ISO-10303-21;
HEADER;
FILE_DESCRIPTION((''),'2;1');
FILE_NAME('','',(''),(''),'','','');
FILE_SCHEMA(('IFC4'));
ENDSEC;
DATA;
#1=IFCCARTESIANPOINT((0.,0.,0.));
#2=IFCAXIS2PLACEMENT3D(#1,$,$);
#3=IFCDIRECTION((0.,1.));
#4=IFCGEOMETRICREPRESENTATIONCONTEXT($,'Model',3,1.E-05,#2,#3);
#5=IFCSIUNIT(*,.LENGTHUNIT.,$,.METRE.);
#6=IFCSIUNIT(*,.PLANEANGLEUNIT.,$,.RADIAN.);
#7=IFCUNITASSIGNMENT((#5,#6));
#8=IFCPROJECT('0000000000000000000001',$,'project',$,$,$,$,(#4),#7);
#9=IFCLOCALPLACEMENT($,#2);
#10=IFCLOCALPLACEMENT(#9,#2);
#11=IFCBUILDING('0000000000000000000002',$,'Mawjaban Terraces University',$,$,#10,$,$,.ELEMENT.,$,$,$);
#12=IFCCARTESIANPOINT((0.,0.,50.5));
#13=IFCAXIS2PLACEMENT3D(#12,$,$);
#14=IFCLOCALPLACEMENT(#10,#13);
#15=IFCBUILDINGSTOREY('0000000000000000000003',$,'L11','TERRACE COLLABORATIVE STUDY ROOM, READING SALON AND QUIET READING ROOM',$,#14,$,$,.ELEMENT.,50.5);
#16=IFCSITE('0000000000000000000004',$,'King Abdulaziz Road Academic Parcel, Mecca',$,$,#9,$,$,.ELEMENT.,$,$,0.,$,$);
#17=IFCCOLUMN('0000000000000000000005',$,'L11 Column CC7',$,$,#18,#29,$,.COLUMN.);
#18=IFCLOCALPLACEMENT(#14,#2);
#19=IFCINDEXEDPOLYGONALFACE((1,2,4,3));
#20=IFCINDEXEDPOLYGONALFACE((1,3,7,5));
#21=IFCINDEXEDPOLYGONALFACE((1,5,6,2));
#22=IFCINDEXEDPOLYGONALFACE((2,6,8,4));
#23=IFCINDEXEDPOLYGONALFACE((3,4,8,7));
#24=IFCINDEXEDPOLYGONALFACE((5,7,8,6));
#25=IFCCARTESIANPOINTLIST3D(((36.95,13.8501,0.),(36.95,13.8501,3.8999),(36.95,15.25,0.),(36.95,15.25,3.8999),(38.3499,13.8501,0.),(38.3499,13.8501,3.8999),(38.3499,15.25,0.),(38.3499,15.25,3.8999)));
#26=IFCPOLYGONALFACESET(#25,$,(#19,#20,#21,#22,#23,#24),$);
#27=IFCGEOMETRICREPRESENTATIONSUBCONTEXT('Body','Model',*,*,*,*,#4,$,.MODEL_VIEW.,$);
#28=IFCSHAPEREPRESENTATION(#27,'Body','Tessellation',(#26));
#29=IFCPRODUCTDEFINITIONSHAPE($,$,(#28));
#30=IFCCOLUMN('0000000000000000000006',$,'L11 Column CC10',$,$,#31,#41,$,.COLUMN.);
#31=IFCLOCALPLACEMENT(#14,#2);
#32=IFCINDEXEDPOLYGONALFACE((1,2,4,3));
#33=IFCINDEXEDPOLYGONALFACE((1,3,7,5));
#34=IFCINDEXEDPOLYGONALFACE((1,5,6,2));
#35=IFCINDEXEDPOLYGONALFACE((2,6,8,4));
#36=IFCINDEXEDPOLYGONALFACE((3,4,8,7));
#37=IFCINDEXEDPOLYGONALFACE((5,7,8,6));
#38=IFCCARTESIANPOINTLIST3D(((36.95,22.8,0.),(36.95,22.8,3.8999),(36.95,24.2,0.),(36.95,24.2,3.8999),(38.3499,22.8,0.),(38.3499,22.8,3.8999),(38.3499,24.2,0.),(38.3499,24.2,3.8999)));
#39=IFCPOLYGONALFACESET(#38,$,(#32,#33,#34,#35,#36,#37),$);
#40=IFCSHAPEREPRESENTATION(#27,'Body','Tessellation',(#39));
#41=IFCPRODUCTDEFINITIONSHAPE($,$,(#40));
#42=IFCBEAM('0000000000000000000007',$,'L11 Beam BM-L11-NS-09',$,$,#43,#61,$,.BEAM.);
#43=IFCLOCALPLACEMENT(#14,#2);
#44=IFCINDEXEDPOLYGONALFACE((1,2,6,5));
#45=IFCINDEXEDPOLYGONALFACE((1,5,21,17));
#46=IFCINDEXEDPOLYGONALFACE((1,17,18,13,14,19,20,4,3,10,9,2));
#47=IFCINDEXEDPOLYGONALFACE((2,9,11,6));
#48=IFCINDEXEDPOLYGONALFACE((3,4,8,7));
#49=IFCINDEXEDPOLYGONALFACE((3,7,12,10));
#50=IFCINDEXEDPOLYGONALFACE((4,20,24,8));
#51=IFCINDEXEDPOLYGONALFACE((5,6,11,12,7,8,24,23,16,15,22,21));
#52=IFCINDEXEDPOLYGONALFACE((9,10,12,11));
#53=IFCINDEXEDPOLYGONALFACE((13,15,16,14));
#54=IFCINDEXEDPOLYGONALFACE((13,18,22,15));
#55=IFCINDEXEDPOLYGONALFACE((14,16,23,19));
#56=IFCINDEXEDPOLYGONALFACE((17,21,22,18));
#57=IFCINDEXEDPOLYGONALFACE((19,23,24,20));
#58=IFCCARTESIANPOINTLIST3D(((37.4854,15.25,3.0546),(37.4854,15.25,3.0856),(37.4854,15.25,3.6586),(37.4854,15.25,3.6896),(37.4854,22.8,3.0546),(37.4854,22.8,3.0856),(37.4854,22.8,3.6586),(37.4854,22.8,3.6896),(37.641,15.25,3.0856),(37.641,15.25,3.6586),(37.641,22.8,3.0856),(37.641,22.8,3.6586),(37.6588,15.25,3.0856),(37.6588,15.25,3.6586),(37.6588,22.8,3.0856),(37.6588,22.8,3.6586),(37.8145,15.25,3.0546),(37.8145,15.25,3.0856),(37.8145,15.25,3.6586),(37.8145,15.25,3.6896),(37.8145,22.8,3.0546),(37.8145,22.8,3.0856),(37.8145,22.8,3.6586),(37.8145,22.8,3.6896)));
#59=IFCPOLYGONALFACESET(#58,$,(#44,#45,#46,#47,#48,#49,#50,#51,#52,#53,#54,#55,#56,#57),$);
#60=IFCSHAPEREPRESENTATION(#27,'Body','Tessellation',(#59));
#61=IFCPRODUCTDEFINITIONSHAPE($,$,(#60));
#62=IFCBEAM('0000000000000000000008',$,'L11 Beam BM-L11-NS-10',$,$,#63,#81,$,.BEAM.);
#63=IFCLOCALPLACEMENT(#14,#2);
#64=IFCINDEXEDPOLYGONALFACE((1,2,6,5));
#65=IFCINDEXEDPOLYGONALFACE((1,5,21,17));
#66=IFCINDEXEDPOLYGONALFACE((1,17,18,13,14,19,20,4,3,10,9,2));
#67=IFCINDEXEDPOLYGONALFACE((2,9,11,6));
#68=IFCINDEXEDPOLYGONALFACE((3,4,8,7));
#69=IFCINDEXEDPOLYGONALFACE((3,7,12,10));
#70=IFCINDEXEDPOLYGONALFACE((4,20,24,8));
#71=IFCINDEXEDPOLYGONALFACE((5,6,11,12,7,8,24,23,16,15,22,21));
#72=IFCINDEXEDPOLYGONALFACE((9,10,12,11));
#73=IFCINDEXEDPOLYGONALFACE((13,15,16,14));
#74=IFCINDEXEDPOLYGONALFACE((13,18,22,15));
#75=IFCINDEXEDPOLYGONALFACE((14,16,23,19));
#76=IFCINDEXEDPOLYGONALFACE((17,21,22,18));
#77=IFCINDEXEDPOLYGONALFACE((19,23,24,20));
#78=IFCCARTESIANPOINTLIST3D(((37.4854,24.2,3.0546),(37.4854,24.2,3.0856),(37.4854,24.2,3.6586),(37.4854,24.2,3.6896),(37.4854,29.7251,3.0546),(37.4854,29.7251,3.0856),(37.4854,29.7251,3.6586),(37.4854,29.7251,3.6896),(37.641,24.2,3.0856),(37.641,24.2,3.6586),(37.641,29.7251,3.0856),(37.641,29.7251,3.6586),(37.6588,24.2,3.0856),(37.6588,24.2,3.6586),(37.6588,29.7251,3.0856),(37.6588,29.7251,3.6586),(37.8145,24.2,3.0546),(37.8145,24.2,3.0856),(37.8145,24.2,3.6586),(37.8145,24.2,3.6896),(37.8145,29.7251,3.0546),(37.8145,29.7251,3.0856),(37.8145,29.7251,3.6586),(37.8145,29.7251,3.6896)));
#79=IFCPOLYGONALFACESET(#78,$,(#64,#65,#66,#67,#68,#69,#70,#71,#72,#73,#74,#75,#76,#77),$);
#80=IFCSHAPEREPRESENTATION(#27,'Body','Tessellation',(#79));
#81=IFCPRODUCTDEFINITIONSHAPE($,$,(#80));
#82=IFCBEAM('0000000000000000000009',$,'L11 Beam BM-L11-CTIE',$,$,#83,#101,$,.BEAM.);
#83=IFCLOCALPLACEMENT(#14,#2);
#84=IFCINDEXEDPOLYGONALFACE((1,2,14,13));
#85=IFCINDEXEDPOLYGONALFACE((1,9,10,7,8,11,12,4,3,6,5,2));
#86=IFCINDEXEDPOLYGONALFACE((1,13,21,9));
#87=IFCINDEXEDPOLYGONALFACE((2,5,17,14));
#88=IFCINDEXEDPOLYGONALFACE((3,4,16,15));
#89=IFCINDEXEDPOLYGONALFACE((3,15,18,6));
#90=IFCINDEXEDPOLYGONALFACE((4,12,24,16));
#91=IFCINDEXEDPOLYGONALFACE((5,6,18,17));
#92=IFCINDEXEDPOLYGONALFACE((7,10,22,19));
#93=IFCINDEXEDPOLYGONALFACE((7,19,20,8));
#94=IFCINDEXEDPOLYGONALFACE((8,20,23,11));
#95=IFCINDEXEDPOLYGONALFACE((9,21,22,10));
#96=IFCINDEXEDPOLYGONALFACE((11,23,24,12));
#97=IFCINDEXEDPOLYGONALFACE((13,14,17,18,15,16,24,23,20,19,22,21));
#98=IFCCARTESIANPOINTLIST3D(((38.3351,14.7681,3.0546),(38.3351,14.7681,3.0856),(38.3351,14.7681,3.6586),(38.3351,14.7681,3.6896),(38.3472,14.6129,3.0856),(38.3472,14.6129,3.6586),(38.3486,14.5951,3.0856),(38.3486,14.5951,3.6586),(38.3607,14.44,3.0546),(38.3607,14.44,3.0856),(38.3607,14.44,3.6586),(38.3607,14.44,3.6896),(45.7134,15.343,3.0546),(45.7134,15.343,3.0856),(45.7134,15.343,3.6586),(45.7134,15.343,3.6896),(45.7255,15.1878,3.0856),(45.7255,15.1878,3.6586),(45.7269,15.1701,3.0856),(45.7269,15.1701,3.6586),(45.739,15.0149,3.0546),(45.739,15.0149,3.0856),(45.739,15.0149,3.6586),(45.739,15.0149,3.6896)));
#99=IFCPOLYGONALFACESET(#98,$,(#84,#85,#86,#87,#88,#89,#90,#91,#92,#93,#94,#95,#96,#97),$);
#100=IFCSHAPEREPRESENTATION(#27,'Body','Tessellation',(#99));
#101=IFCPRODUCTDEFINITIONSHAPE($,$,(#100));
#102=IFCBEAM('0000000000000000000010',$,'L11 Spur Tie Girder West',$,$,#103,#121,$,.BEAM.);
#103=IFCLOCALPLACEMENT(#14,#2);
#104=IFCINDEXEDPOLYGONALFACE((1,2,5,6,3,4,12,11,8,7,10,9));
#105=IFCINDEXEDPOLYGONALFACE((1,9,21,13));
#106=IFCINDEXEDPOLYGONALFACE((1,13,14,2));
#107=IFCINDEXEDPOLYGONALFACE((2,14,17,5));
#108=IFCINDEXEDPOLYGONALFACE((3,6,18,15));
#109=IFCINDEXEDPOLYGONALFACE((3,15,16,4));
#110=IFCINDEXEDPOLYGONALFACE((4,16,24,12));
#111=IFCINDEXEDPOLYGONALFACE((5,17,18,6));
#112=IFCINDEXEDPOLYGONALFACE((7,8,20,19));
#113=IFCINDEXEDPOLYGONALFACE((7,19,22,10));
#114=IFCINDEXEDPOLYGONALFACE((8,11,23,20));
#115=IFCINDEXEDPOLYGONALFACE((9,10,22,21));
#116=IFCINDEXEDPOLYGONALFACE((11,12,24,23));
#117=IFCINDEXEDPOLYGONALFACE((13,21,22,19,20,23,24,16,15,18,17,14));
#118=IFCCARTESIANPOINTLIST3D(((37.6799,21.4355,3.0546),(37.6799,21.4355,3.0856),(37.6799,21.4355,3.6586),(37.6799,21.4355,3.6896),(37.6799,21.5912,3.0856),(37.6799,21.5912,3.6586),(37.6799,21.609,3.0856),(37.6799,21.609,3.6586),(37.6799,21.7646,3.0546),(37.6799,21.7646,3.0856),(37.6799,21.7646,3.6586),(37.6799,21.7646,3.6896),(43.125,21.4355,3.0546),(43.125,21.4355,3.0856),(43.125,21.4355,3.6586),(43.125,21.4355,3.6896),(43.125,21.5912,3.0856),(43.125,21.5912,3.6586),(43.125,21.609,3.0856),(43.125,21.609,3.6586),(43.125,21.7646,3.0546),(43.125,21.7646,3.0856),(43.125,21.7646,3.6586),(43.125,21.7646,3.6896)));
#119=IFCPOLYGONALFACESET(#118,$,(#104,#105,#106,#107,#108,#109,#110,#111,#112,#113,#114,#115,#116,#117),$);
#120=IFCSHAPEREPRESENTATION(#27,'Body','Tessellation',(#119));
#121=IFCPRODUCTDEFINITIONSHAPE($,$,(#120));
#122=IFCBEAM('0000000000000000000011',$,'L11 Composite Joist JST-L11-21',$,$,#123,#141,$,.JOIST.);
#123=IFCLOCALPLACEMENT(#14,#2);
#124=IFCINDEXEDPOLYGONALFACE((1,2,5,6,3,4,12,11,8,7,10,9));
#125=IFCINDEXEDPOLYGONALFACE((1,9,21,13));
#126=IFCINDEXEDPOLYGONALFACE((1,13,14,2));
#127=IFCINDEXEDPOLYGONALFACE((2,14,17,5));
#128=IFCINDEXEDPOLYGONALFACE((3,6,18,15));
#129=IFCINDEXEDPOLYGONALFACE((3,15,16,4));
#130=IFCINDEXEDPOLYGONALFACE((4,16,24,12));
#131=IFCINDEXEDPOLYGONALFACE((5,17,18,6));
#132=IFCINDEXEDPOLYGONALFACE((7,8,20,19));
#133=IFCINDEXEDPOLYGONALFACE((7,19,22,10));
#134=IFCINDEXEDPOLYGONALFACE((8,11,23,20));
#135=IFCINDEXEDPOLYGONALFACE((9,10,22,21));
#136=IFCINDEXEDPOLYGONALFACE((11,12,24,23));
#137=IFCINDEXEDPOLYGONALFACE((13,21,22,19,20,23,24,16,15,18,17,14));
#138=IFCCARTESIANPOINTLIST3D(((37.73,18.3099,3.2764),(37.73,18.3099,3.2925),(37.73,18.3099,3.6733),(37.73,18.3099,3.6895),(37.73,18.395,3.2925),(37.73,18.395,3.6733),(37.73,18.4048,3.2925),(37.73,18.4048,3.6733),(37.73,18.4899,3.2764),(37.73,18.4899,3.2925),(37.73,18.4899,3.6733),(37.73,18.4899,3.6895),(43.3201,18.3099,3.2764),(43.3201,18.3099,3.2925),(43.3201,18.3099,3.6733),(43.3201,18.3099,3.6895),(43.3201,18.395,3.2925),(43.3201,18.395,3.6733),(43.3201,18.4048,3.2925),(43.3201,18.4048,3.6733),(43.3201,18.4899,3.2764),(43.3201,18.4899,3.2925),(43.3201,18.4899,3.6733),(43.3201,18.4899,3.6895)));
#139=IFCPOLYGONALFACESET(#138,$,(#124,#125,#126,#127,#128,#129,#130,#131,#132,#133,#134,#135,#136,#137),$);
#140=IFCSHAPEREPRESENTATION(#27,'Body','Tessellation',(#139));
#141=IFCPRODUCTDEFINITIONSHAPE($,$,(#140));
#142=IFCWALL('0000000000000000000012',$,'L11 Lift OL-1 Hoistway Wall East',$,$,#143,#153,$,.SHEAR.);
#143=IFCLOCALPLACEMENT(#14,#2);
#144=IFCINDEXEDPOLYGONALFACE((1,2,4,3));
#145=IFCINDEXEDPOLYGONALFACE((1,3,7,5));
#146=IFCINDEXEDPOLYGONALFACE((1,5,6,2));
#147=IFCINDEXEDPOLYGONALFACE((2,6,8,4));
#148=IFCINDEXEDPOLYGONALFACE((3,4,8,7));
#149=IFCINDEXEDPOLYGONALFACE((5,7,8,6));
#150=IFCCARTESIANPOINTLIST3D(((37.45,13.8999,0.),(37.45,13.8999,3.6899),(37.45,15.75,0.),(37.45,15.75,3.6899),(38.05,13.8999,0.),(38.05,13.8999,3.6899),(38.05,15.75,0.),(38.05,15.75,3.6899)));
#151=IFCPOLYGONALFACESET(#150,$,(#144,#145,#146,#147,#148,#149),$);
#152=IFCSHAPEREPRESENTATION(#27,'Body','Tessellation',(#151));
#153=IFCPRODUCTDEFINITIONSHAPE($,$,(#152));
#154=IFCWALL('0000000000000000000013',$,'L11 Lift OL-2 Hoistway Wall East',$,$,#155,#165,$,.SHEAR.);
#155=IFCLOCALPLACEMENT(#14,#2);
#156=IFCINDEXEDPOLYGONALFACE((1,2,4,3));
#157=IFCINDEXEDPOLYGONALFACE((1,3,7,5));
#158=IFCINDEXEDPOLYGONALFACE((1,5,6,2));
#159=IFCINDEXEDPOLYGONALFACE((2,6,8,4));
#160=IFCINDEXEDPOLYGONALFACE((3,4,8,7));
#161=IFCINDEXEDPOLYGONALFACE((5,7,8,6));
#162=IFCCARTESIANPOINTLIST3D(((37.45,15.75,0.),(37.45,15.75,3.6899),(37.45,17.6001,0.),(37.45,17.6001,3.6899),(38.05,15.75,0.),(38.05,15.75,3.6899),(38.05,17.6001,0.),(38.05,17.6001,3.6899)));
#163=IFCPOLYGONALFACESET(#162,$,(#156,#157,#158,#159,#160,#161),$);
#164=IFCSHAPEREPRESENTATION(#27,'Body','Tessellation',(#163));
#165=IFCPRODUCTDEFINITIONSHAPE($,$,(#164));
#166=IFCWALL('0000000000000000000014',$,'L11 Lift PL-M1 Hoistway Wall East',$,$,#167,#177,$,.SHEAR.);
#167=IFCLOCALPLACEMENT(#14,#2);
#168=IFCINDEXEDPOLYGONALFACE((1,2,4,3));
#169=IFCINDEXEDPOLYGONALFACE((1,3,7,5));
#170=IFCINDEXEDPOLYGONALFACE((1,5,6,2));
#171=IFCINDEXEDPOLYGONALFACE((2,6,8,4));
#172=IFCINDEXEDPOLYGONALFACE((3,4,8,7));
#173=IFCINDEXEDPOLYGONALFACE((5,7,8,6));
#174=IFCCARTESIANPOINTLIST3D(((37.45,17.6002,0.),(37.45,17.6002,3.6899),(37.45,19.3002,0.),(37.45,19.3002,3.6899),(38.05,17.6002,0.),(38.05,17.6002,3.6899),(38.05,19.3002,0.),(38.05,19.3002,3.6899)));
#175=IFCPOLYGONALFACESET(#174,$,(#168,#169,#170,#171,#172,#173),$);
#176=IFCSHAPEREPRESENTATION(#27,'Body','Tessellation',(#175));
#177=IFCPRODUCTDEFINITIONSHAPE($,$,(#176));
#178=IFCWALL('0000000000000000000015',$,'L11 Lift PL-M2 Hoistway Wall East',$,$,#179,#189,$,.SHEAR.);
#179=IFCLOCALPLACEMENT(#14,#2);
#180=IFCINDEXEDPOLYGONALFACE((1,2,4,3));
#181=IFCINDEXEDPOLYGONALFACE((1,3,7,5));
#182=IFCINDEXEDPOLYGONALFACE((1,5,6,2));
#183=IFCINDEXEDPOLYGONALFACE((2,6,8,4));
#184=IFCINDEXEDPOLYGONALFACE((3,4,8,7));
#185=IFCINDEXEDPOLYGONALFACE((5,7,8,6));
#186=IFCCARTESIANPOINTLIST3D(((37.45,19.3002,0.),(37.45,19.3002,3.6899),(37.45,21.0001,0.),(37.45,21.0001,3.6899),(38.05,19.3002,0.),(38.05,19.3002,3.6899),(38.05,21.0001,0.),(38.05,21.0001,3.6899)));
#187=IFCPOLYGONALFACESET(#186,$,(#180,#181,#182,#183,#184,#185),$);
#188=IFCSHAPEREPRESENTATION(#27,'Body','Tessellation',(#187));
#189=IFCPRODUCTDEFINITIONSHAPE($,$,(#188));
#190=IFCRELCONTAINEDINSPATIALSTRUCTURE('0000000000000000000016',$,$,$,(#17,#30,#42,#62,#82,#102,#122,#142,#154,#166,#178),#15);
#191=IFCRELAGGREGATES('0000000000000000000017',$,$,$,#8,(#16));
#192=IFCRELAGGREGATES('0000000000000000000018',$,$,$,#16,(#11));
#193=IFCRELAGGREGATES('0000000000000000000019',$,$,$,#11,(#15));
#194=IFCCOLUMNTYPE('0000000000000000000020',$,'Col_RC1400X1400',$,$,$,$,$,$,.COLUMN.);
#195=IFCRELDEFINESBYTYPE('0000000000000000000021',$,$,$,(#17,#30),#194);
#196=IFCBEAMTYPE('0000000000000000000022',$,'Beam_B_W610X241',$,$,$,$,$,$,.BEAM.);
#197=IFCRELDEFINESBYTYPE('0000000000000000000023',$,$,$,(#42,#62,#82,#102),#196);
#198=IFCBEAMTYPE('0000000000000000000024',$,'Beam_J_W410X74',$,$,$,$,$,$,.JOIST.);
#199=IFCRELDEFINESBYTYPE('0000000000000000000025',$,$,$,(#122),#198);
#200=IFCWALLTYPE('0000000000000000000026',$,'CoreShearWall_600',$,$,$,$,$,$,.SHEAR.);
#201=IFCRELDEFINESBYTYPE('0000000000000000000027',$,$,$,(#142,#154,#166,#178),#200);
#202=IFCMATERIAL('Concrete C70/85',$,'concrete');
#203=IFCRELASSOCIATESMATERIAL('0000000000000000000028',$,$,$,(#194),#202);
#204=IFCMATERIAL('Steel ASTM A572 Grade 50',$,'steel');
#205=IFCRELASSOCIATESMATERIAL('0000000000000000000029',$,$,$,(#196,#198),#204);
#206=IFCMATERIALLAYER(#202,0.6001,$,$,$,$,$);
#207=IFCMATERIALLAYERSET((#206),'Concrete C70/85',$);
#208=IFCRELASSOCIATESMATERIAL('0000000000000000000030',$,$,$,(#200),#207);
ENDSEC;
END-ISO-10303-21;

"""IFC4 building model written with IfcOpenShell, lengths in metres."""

from ifc_helpers import new_model, si_unit, direction, frame, frame_2d, origin, origin_2d, place, context, subcontext, project, spatial, rectangle, i_section, extrude, material, layer, layer_set, material_profile, profile_set, type_object, element, save


model = new_model("IFC4")

# Units and contexts
model_context = context("Model", 3, precision=1e-05, world=origin(), true_north=direction((0.0, 1.0)))
body_context = subcontext(model_context, "Body", "Model", "MODEL_VIEW")
ifc_project = project(units=[si_unit("LENGTHUNIT", "METRE"), si_unit("PLANEANGLEUNIT", "RADIAN")], contexts=[model_context])

# Site, building, storey
site_placement = place(None, origin())
site = spatial("IfcSite", under=ifc_project, at=site_placement, Name="King Abdulaziz Road Academic Parcel, Mecca", CompositionType="ELEMENT", RefElevation=0.0)
building_placement = place(site_placement, origin())
building = spatial("IfcBuilding", under=site, at=building_placement, Name="Mawjaban Terraces University", CompositionType="ELEMENT")
storey_placement = place(building_placement, frame((0.0, 0.0, 50.5)))
storey = spatial("IfcBuildingStorey", under=building, at=storey_placement, Name="L11", Description="TERRACE COLLABORATIVE STUDY ROOM, READING SALON AND QUIET READING ROOM", CompositionType="ELEMENT", Elevation=50.5)

# Columns
ifc_material_1 = material(Name="Concrete C70/85", Category="concrete")
ifc_material_profile_1 = material_profile(ifc_material_1, rectangle(XDim=1.3999, YDim=1.3999, at=origin_2d()), Name="RC1400X1400")
ifc_profile_set_1 = profile_set([ifc_material_profile_1], Name="Concrete C70/85")
column_type = type_object("IfcColumnType", Name="Col_RC1400X1400", PredefinedType="COLUMN", material=ifc_profile_set_1)
for number, where, z_axis, x_axis, name in (
    (1, (37.6499, 14.55, 0.0), (0.0, 0.0, 1.0), (1.0, 0.0, 0.0), "L11 Column CC7"),
    (2, (37.6499, 23.5, 0.0), (0.0, 0.0, 1.0), (1.0, 0.0, 0.0), "L11 Column CC10"),
):
    element("IfcColumn", number, at=place(storey_placement, frame(where, z_axis=z_axis, x_axis=x_axis)), inside=storey, type_object=column_type, Name=name, PredefinedType="COLUMN", context=body_context, shape_type="SweptSolid", body=[
        extrude(rectangle(XDim=1.3999, YDim=1.3999, at=origin_2d()), origin(), (0.0, 0.0, 1.0), 3.8999),
    ])

# Beams
ifc_material_2 = material(Name="Steel ASTM A572 Grade 50", Category="steel")
ifc_material_profile_2 = material_profile(ifc_material_2, i_section(OverallWidth=0.3291, OverallDepth=0.635, WebThickness=0.0178, FlangeThickness=0.031, at=origin_2d()), Name="W610X241")
ifc_profile_set_2 = profile_set([ifc_material_profile_2], Name="Steel ASTM A572 Grade 50")
beam_type_1 = type_object("IfcBeamType", Name="Beam_B_W610X241", PredefinedType="BEAM", material=ifc_profile_set_2)
beam_1_placement = place(storey_placement, frame((37.6499, 15.25, 3.3721), z_axis=(0.0, 1.0, 0.0), x_axis=(-1.0, 0.0, 0.0)))
element("IfcBeam", 3, at=beam_1_placement, inside=storey, type_object=beam_type_1, Name="L11 Beam BM-L11-NS-09", PredefinedType="BEAM", context=body_context, shape_type="SweptSolid", body=[
    extrude(i_section(OverallWidth=0.3291, OverallDepth=0.635, WebThickness=0.0178, FlangeThickness=0.031, at=origin_2d()), origin(), (0.0, 0.0, 1.0), 7.55),
])
beam_2_placement = place(storey_placement, frame((37.6499, 24.2, 3.3721), z_axis=(0.0, 1.0, 0.0), x_axis=(-1.0, 0.0, 0.0)))
element("IfcBeam", 4, at=beam_2_placement, inside=storey, type_object=beam_type_1, Name="L11 Beam BM-L11-NS-10", PredefinedType="BEAM", context=body_context, shape_type="SweptSolid", body=[
    extrude(i_section(OverallWidth=0.3291, OverallDepth=0.635, WebThickness=0.0178, FlangeThickness=0.031, at=origin_2d()), origin(), (0.0, 0.0, 1.0), 5.5251),
])
beam_3_placement = place(storey_placement, frame((38.3479, 14.604, 3.3721), z_axis=(0.996978, 0.07769, 0.0), x_axis=(-0.07769, 0.996978, 0.0)))
element("IfcBeam", 5, at=beam_3_placement, inside=storey, type_object=beam_type_1, Name="L11 Beam BM-L11-CTIE", PredefinedType="BEAM", context=body_context, shape_type="SweptSolid", body=[
    extrude(i_section(OverallWidth=0.3291, OverallDepth=0.635, WebThickness=0.0178, FlangeThickness=0.031, at=origin_2d()), origin(), (0.0, 0.0, 1.0), 7.4006),
])
beam_4_placement = place(storey_placement, frame((37.6799, 21.6001, 3.3721), z_axis=(1.0, 0.0, 0.0), x_axis=(0.0, 1.0, 0.0)))
element("IfcBeam", 6, at=beam_4_placement, inside=storey, type_object=beam_type_1, Name="L11 Spur Tie Girder West", PredefinedType="BEAM", context=body_context, shape_type="SweptSolid", body=[
    extrude(i_section(OverallWidth=0.3291, OverallDepth=0.635, WebThickness=0.0178, FlangeThickness=0.031, at=origin_2d()), origin(), (0.0, 0.0, 1.0), 5.4451),
])
ifc_material_profile_3 = material_profile(ifc_material_2, i_section(OverallWidth=0.1799, OverallDepth=0.4131, WebThickness=0.0098, FlangeThickness=0.0161, at=origin_2d()), Name="W410X74")
ifc_profile_set_3 = profile_set([ifc_material_profile_3], Name="Steel ASTM A572 Grade 50")
beam_type_2 = type_object("IfcBeamType", Name="Beam_J_W410X74", PredefinedType="JOIST", material=ifc_profile_set_3)
beam_5_placement = place(storey_placement, frame((37.73, 18.3999, 3.4829), z_axis=(1.0, 0.0, 0.0), x_axis=(0.0, 1.0, 0.0)))
element("IfcBeam", 7, at=beam_5_placement, inside=storey, type_object=beam_type_2, Name="L11 Composite Joist JST-L11-21", PredefinedType="JOIST", context=body_context, shape_type="SweptSolid", body=[
    extrude(i_section(OverallWidth=0.1799, OverallDepth=0.4131, WebThickness=0.0098, FlangeThickness=0.0161, at=origin_2d()), origin(), (0.0, 0.0, 1.0), 5.5901),
])

# Walls
ifc_layer_1 = layer(ifc_material_1, 0.6001)
ifc_layer_set_1 = layer_set([ifc_layer_1], Name="Concrete C70/85")
wall_type_1 = type_object("IfcWallType", Name="CoreShearWall_600", PredefinedType="SHEAR", material=ifc_layer_set_1)
for number, where, z_axis, x_axis, name in (
    (8, (37.75, 13.8999, 0.0), (0.0, 0.0, 1.0), (0.0, 1.0, 0.0), "L11 Lift OL-1 Hoistway Wall East"),
    (9, (37.75, 15.75, 0.0), (0.0, 0.0, 1.0), (0.0, 1.0, 0.0), "L11 Lift OL-2 Hoistway Wall East"),
):
    element("IfcWall", number, at=place(storey_placement, frame(where, z_axis=z_axis, x_axis=x_axis)), inside=storey, type_object=wall_type_1, Name=name, PredefinedType="SHEAR", context=body_context, shape_type="SweptSolid", body=[
        extrude(rectangle(XDim=1.8501, YDim=0.6001, at=frame_2d((0.925, 0.0))), origin(), (0.0, 0.0, 1.0), 3.6899),
    ])
for number, where, z_axis, x_axis, name in (
    (10, (37.75, 17.6001, 0.0), (0.0, 0.0, 1.0), (0.0, 1.0, 0.0), "L11 Lift PL-M1 Hoistway Wall East"),
    (11, (37.75, 19.3, 0.0), (0.0, 0.0, 1.0), (0.0, 1.0, 0.0), "L11 Lift PL-M2 Hoistway Wall East"),
):
    element("IfcWall", number, at=place(storey_placement, frame(where, z_axis=z_axis, x_axis=x_axis)), inside=storey, type_object=wall_type_1, Name=name, PredefinedType="SHEAR", context=body_context, shape_type="SweptSolid", body=[
        extrude(rectangle(XDim=1.7, YDim=0.6001, at=frame_2d((0.8501, 0.0))), origin(), (0.0, 0.0, 1.0), 3.6899),
    ])

save(model, "model.ifc")
